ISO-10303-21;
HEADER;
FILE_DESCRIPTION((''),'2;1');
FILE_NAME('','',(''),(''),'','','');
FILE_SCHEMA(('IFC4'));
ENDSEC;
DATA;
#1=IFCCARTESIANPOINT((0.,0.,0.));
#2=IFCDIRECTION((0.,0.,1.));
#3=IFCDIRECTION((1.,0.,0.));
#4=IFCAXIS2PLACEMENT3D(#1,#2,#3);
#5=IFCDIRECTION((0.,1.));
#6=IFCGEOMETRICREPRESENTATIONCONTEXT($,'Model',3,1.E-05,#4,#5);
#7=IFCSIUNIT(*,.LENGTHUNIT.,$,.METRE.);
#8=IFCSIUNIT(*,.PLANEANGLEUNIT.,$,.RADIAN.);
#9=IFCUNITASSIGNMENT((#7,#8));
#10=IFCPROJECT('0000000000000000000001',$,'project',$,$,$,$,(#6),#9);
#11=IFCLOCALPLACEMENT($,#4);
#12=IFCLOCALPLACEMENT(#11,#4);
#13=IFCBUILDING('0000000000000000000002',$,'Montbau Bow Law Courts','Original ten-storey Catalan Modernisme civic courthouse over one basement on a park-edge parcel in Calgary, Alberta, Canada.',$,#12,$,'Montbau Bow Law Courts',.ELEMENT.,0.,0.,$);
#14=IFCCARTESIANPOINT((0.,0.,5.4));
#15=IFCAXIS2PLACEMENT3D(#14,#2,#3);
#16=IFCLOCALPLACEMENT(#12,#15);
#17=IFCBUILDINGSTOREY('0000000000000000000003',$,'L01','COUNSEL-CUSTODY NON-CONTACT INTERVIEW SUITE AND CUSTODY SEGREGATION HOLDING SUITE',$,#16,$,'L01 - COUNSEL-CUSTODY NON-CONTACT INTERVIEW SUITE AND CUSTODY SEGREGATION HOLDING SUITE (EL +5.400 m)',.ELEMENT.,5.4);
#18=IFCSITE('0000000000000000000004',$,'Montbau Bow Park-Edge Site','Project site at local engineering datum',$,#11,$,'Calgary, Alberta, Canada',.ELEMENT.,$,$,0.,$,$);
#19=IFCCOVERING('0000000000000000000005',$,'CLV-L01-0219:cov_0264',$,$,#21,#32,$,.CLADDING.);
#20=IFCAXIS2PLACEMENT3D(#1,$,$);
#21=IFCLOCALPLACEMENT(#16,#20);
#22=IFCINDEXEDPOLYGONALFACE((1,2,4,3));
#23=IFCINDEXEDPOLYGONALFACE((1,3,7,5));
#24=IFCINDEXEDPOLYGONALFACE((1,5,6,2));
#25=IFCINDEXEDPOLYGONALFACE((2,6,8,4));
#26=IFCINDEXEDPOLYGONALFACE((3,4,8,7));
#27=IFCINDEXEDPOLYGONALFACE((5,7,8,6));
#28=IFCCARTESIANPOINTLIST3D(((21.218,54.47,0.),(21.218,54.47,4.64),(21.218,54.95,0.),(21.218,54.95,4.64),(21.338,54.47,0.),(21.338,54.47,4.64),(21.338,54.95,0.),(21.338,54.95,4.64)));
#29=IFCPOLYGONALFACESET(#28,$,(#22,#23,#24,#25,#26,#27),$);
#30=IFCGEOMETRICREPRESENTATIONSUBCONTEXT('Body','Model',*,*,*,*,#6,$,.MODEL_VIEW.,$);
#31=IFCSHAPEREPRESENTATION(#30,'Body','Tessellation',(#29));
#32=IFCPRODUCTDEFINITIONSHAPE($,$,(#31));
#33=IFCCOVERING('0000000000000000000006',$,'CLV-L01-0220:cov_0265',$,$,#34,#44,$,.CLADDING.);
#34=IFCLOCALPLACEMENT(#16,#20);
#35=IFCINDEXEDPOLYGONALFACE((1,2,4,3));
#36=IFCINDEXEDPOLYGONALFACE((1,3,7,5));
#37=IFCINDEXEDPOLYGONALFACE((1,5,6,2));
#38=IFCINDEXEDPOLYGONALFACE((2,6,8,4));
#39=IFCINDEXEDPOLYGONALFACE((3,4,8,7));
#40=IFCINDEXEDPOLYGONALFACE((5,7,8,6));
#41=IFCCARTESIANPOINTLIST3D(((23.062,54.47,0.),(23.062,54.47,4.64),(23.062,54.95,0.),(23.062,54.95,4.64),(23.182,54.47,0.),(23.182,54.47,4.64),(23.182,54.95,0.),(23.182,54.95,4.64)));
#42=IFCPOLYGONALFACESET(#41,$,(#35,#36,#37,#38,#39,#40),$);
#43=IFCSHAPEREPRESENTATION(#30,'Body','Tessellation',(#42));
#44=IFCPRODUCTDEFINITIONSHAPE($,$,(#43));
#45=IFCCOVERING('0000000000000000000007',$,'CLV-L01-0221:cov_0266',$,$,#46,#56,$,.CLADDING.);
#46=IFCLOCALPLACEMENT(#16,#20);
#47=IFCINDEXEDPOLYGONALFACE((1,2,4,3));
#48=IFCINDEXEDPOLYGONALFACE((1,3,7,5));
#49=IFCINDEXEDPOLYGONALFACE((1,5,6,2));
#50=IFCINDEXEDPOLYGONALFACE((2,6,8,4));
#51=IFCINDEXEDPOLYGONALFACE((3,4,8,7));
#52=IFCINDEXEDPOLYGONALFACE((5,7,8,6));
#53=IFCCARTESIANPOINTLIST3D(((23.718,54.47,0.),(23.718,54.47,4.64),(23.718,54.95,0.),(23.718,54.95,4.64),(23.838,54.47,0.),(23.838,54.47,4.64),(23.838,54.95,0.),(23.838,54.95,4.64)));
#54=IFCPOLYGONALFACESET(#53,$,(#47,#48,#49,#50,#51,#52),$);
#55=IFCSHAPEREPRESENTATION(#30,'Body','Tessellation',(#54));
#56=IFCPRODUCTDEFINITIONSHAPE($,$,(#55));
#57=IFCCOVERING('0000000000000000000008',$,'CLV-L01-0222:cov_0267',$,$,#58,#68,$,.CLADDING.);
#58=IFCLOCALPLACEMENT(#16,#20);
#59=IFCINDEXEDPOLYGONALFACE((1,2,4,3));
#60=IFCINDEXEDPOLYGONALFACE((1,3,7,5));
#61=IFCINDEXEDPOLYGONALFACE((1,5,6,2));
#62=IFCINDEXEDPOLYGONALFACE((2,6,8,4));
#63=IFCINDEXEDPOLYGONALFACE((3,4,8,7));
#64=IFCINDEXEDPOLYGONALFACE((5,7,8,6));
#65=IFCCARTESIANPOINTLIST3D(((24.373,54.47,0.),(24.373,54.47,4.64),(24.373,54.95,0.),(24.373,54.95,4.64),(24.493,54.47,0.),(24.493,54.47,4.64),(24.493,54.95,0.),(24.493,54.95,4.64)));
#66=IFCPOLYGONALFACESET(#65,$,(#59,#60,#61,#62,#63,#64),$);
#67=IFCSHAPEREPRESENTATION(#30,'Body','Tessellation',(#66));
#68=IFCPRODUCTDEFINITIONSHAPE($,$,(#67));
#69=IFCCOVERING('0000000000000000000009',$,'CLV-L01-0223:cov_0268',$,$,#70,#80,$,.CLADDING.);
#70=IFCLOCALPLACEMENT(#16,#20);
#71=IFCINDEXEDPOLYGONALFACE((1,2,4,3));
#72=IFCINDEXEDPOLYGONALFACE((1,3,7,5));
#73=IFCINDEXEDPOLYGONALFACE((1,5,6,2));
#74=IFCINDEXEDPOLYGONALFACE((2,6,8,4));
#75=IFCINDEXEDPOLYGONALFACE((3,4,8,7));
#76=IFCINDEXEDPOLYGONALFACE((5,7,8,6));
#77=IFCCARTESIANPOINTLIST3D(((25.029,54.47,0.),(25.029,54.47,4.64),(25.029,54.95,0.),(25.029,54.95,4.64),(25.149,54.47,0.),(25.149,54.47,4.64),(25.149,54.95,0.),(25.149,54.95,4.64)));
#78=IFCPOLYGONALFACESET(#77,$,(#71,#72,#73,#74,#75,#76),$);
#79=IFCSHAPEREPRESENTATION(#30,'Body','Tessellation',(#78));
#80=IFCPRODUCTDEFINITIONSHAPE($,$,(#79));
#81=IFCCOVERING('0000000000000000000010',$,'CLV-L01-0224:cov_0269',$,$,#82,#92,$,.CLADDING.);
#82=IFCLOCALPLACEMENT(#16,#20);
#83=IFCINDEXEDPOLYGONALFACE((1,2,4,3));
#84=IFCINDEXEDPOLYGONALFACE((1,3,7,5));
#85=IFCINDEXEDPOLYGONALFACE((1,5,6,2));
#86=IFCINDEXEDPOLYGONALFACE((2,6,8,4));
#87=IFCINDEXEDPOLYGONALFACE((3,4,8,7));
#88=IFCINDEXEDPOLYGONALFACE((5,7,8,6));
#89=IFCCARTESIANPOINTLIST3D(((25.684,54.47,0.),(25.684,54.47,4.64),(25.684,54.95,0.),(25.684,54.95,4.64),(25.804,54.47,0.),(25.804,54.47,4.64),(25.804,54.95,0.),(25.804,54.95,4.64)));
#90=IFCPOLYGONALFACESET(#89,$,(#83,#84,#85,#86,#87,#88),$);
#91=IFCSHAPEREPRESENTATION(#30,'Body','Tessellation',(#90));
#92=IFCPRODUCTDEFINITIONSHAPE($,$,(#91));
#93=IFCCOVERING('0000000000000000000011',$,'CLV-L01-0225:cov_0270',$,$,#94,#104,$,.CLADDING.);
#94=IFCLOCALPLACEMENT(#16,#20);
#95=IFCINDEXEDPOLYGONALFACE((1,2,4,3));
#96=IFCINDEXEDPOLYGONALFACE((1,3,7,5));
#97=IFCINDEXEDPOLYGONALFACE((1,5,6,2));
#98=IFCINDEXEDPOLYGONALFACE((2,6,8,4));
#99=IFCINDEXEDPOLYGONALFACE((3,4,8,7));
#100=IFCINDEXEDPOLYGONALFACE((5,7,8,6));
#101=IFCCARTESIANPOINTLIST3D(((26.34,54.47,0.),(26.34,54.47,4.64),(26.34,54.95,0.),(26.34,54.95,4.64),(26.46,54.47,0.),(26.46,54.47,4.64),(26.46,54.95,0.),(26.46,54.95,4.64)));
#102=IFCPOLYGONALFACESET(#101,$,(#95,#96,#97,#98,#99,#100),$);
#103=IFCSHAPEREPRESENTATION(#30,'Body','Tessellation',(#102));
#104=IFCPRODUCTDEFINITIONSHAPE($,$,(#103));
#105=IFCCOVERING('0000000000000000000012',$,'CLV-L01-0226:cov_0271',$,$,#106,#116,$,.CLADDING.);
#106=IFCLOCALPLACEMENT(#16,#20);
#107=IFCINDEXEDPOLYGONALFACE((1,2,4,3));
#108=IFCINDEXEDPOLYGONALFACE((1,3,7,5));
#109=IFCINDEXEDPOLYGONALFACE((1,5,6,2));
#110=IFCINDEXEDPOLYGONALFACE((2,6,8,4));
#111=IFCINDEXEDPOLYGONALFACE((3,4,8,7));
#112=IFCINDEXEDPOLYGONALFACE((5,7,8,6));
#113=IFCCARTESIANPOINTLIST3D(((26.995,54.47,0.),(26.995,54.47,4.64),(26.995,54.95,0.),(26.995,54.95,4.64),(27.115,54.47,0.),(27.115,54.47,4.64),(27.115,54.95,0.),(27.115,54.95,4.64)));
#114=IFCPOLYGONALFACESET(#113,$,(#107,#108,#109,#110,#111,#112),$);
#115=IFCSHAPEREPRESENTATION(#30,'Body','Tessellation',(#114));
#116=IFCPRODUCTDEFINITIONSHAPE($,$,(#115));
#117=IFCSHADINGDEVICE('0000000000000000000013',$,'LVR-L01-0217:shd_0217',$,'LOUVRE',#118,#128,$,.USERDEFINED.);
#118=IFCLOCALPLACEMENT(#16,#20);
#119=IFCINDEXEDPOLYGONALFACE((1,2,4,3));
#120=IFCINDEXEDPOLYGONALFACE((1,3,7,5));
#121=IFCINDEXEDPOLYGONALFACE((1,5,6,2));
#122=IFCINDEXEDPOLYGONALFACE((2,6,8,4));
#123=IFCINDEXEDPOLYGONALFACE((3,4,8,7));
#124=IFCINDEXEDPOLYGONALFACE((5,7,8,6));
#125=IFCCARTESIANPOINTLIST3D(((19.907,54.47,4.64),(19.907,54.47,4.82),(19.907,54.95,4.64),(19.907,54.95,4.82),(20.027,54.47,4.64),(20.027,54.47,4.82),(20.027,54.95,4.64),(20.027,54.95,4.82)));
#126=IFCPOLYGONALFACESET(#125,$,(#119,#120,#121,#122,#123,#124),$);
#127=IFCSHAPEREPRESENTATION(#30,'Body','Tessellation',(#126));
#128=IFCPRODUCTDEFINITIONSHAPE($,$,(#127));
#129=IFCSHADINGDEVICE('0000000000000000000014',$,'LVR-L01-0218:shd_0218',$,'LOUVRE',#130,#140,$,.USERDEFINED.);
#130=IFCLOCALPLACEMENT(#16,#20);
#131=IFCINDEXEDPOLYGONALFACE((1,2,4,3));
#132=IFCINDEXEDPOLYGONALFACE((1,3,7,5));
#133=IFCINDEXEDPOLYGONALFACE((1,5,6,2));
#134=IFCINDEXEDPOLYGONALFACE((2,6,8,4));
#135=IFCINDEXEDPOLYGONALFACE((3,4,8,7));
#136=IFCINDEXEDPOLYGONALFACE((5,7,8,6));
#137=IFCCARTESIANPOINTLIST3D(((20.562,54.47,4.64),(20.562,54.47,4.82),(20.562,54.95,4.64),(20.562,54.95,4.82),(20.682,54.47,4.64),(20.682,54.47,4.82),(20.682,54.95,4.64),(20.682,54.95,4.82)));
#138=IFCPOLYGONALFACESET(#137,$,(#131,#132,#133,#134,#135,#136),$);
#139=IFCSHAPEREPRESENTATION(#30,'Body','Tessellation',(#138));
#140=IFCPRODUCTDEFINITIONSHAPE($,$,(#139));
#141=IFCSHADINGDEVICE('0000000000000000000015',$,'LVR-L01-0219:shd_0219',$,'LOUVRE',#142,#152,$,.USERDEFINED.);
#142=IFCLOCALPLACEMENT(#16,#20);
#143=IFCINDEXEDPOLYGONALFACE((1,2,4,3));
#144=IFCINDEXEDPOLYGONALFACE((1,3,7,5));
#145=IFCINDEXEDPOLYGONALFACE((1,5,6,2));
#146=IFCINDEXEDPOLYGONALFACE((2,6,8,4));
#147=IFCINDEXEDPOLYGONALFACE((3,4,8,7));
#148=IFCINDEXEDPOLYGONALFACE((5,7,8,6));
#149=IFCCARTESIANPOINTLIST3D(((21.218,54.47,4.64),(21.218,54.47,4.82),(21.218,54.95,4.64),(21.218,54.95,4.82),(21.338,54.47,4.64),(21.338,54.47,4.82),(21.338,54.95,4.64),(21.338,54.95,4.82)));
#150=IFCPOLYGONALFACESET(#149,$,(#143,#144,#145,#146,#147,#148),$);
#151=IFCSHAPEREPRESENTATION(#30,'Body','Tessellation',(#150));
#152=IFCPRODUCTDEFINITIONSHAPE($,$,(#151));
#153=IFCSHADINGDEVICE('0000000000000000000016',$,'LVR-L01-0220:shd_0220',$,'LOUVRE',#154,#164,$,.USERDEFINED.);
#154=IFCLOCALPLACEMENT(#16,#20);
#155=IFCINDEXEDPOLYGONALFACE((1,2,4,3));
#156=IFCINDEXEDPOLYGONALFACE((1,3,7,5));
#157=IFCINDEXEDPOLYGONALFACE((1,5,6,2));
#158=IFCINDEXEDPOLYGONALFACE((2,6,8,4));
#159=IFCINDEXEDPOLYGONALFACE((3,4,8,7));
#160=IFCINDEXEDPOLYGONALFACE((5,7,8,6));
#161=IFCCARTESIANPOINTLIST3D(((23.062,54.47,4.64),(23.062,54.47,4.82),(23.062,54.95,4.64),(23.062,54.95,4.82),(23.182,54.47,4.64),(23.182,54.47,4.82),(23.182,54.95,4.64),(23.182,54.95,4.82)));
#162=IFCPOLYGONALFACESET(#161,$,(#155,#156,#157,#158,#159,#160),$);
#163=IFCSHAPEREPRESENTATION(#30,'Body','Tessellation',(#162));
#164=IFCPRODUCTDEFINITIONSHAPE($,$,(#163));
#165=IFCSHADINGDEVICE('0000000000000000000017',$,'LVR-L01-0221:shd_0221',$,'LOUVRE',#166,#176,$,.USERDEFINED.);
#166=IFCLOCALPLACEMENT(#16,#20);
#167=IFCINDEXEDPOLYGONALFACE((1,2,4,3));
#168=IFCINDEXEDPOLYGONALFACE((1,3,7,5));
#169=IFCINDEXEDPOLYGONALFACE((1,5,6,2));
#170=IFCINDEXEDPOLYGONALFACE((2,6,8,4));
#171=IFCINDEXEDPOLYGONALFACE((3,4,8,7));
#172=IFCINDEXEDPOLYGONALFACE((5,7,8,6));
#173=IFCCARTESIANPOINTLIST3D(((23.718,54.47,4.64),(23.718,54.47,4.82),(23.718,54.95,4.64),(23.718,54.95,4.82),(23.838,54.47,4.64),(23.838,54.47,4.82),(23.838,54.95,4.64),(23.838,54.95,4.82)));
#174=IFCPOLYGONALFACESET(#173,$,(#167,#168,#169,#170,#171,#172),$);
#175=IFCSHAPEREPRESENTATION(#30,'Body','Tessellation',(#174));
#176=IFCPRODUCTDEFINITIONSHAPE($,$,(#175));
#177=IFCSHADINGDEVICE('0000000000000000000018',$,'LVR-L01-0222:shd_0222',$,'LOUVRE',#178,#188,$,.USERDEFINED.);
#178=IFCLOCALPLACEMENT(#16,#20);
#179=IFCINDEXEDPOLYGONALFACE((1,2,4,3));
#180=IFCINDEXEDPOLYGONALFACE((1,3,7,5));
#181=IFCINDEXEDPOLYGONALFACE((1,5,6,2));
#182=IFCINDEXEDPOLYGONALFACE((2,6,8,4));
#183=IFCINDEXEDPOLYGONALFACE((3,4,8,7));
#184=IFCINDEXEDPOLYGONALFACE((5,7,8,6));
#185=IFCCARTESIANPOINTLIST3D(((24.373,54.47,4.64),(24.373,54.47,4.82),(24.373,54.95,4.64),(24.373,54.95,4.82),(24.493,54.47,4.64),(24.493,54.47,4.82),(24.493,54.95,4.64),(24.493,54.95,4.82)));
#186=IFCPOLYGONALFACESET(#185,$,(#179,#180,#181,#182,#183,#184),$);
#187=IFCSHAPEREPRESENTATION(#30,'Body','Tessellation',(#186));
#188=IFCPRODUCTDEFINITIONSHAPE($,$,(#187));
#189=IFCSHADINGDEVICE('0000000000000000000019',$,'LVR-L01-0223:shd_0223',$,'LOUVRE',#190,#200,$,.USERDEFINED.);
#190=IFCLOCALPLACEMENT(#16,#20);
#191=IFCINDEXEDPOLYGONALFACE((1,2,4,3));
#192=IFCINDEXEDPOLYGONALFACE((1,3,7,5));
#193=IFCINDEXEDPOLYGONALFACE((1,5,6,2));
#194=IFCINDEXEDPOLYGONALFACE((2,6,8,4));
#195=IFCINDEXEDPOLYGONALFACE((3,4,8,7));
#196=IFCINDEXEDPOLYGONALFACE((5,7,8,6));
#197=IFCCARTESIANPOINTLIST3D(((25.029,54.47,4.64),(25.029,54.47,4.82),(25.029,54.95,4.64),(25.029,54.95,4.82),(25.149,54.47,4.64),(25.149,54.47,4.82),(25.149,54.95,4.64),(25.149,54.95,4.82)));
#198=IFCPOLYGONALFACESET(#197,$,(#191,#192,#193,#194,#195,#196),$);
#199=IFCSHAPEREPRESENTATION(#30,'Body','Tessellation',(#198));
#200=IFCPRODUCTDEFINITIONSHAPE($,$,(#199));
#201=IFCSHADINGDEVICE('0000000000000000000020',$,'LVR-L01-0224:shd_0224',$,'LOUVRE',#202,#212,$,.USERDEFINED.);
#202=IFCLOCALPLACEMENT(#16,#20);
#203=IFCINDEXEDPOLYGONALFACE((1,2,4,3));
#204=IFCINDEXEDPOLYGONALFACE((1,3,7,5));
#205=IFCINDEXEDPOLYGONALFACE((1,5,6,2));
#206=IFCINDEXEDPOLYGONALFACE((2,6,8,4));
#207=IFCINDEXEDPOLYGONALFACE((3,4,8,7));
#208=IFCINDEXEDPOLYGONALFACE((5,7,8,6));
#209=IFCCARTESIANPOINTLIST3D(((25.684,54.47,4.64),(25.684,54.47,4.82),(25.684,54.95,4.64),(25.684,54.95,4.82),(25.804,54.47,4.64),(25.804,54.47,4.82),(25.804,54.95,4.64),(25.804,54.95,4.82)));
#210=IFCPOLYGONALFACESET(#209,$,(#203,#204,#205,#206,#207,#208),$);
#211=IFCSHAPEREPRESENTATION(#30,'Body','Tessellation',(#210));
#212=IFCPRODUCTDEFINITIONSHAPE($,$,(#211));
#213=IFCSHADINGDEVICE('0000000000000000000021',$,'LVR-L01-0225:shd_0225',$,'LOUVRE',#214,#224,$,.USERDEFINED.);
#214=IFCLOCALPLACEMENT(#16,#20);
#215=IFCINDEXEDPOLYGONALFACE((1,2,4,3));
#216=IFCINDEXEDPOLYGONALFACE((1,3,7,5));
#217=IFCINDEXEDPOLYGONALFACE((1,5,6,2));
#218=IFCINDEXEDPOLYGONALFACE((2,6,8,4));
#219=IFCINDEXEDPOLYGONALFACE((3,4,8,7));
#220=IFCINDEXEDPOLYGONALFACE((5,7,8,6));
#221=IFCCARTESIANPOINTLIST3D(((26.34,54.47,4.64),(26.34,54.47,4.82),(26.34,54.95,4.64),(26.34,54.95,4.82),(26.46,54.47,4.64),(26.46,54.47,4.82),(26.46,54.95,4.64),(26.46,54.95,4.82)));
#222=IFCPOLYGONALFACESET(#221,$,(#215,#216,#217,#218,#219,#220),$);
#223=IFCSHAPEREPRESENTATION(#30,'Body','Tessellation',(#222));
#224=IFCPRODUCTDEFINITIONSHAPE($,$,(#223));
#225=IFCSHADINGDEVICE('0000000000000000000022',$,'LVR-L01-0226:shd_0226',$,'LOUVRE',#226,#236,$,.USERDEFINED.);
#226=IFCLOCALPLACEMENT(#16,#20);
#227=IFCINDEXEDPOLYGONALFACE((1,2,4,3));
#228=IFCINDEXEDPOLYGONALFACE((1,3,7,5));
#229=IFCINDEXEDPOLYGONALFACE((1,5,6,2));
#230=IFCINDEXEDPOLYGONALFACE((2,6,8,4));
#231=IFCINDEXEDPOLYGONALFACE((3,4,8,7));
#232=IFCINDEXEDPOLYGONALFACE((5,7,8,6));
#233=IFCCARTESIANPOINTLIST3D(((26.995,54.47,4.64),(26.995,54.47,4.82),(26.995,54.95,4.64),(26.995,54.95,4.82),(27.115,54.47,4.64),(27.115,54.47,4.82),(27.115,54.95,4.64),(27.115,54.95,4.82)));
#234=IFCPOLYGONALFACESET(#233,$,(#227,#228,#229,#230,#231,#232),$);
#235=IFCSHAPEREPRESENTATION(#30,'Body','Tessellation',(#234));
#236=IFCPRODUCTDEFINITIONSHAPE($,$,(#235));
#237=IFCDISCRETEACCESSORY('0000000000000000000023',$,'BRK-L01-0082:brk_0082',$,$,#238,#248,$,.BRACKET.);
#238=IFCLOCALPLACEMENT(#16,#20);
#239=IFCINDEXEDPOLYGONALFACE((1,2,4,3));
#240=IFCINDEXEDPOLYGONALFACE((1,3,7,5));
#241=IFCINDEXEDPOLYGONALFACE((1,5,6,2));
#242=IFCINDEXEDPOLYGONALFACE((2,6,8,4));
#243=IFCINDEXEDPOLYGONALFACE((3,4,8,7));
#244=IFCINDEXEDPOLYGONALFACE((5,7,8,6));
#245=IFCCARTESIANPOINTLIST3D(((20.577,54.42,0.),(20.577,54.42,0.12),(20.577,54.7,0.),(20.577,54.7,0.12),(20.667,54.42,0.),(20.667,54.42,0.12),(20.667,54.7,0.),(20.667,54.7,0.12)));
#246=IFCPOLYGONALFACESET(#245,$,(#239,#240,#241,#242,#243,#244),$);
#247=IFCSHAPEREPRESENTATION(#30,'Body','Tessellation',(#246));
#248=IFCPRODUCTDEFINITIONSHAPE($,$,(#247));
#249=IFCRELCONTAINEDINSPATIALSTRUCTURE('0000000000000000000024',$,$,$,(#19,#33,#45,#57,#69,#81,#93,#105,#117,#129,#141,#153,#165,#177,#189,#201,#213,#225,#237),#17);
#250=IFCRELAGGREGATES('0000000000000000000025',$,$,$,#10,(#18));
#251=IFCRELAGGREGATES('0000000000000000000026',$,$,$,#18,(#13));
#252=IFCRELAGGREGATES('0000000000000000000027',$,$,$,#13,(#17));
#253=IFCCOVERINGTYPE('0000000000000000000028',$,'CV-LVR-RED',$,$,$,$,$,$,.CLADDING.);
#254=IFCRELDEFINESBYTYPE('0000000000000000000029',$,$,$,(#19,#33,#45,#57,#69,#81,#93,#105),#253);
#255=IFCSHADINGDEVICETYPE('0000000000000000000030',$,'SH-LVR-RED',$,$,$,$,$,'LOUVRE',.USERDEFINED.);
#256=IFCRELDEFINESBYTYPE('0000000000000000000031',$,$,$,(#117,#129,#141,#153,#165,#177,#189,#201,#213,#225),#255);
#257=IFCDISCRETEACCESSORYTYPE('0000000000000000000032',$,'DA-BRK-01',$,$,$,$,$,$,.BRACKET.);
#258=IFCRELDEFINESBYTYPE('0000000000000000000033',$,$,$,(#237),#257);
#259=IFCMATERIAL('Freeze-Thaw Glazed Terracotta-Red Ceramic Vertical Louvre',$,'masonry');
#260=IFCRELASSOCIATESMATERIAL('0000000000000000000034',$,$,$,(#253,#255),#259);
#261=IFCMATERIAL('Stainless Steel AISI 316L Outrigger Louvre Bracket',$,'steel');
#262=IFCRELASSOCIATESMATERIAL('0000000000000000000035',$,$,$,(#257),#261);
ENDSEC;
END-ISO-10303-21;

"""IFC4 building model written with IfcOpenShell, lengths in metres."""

from ifc_helpers import new_model, si_unit, direction, frame, frame_2d, origin_with_axes, origin_2d_with_axis, place, context, subcontext, project, spatial, rectangle, extrude, material, type_object, element, save


model = new_model("IFC4")

# Units and contexts
model_context = context("Model", 3, precision=1e-05, world=origin_with_axes(), true_north=direction((0.0, 1.0)))
body_context = subcontext(model_context, "Body", "Model", "MODEL_VIEW")
ifc_project = project(units=[si_unit("LENGTHUNIT", "METRE"), si_unit("PLANEANGLEUNIT", "RADIAN")], contexts=[model_context])

# Site, building, storey
site_placement = place(None, origin_with_axes())
site = spatial("IfcSite", under=ifc_project, at=site_placement, Name="Montbau Bow Park-Edge Site", Description="Project site at local engineering datum", LongName="Calgary, Alberta, Canada", CompositionType="ELEMENT", RefElevation=0.0)
building_placement = place(site_placement, origin_with_axes())
building = spatial("IfcBuilding", under=site, at=building_placement, Name="Montbau Bow Law Courts", Description="Original ten-storey Catalan Modernisme civic courthouse over one basement on a park-edge parcel in Calgary, Alberta, Canada.", LongName="Montbau Bow Law Courts", CompositionType="ELEMENT", ElevationOfRefHeight=0.0, ElevationOfTerrain=0.0)
storey_placement = place(building_placement, frame((0.0, 0.0, 5.4), z_axis=(0.0, 0.0, 1.0), x_axis=(1.0, 0.0, 0.0)))
storey = spatial("IfcBuildingStorey", under=building, at=storey_placement, Name="L01", Description="COUNSEL-CUSTODY NON-CONTACT INTERVIEW SUITE AND CUSTODY SEGREGATION HOLDING SUITE", LongName="L01 - COUNSEL-CUSTODY NON-CONTACT INTERVIEW SUITE AND CUSTODY SEGREGATION HOLDING SUITE (EL +5.400 m)", CompositionType="ELEMENT", Elevation=5.4)

# Coverings
ifc_material_1 = material(Name="Freeze-Thaw Glazed Terracotta-Red Ceramic Vertical Louvre", Category="masonry")
covering_type = type_object("IfcCoveringType", Name="CV-LVR-RED", PredefinedType="CLADDING", material=ifc_material_1)
for number, where, z_axis, x_axis, name in (
    (1, (21.278, 54.47, 5.4), (1.0, 0.0, 0.0), (0.0, 1.0, 0.0), "CLV-L01-0219:cov_0264"),
    (2, (23.122, 54.47, 5.4), (1.0, 0.0, 0.0), (0.0, 1.0, 0.0), "CLV-L01-0220:cov_0265"),
    (3, (23.778, 54.47, 5.4), (1.0, 0.0, 0.0), (0.0, 1.0, 0.0), "CLV-L01-0221:cov_0266"),
    (4, (24.433, 54.47, 5.4), (1.0, 0.0, 0.0), (0.0, 1.0, 0.0), "CLV-L01-0222:cov_0267"),
    (5, (25.089, 54.47, 5.4), (1.0, 0.0, 0.0), (0.0, 1.0, 0.0), "CLV-L01-0223:cov_0268"),
    (6, (25.744, 54.47, 5.4), (1.0, 0.0, 0.0), (0.0, 1.0, 0.0), "CLV-L01-0224:cov_0269"),
    (7, (26.4, 54.47, 5.4), (1.0, 0.0, 0.0), (0.0, 1.0, 0.0), "CLV-L01-0225:cov_0270"),
    (8, (27.055, 54.47, 5.4), (1.0, 0.0, 0.0), (0.0, 1.0, 0.0), "CLV-L01-0226:cov_0271"),
):
    element("IfcCovering", number, at=place(None, frame(where, z_axis=z_axis, x_axis=x_axis)), inside=storey, type_object=covering_type, Name=name, PredefinedType="CLADDING", context=body_context, shape_type="SweptSolid", body=[
        extrude(rectangle(XDim=0.48, YDim=4.64, at=frame_2d((0.24, 2.32), x_axis=(1.0, 0.0))), frame((0.0, 0.0, -0.06), z_axis=(0.0, 0.0, 1.0), x_axis=(1.0, 0.0, 0.0)), (0.0, 0.0, 1.0), 0.12),
    ])

# Shading devices
shading_device_type = type_object("IfcShadingDeviceType", Name="SH-LVR-RED", ElementType="LOUVRE", PredefinedType="USERDEFINED", material=ifc_material_1)
for number, where, z_axis, x_axis, name in (
    (9, (19.967, 54.71, 10.04), (0.0, 0.0, 1.0), (0.0, 1.0, 0.0), "LVR-L01-0217:shd_0217"),
    (10, (20.622, 54.71, 10.04), (0.0, 0.0, 1.0), (0.0, 1.0, 0.0), "LVR-L01-0218:shd_0218"),
    (11, (21.278, 54.71, 10.04), (0.0, 0.0, 1.0), (0.0, 1.0, 0.0), "LVR-L01-0219:shd_0219"),
    (12, (23.122, 54.71, 10.04), (0.0, 0.0, 1.0), (0.0, 1.0, 0.0), "LVR-L01-0220:shd_0220"),
    (13, (23.778, 54.71, 10.04), (0.0, 0.0, 1.0), (0.0, 1.0, 0.0), "LVR-L01-0221:shd_0221"),
    (14, (24.433, 54.71, 10.04), (0.0, 0.0, 1.0), (0.0, 1.0, 0.0), "LVR-L01-0222:shd_0222"),
    (15, (25.089, 54.71, 10.04), (0.0, 0.0, 1.0), (0.0, 1.0, 0.0), "LVR-L01-0223:shd_0223"),
    (16, (25.744, 54.71, 10.04), (0.0, 0.0, 1.0), (0.0, 1.0, 0.0), "LVR-L01-0224:shd_0224"),
    (17, (26.4, 54.71, 10.04), (0.0, 0.0, 1.0), (0.0, 1.0, 0.0), "LVR-L01-0225:shd_0225"),
    (18, (27.055, 54.71, 10.04), (0.0, 0.0, 1.0), (0.0, 1.0, 0.0), "LVR-L01-0226:shd_0226"),
):
    element("IfcShadingDevice", number, at=place(None, frame(where, z_axis=z_axis, x_axis=x_axis)), inside=storey, type_object=shading_device_type, Name=name, ObjectType="LOUVRE", PredefinedType="USERDEFINED", context=body_context, shape_type="SweptSolid", body=[
        extrude(rectangle(XDim=0.48, YDim=0.12, at=origin_2d_with_axis()), origin_with_axes(), (0.0, 0.0, 1.0), 0.18),
    ])

# Discrete accessory
ifc_material_2 = material(Name="Stainless Steel AISI 316L Outrigger Louvre Bracket", Category="steel")
discrete_accessory_type = type_object("IfcDiscreteAccessoryType", Name="DA-BRK-01", PredefinedType="BRACKET", material=ifc_material_2)
for number, where, z_axis, x_axis, name in (
    (19, (20.622, 54.56, 5.4), (0.0, 0.0, 1.0), (0.0, 1.0, 0.0), "BRK-L01-0082:brk_0082"),
):
    element("IfcDiscreteAccessory", number, at=place(None, frame(where, z_axis=z_axis, x_axis=x_axis)), inside=storey, type_object=discrete_accessory_type, Name=name, PredefinedType="BRACKET", context=body_context, shape_type="SweptSolid", body=[
        extrude(rectangle(XDim=0.28, YDim=0.09, at=origin_2d_with_axis()), origin_with_axes(), (0.0, 0.0, 1.0), 0.12),
    ])

save(model, "model.ifc")
